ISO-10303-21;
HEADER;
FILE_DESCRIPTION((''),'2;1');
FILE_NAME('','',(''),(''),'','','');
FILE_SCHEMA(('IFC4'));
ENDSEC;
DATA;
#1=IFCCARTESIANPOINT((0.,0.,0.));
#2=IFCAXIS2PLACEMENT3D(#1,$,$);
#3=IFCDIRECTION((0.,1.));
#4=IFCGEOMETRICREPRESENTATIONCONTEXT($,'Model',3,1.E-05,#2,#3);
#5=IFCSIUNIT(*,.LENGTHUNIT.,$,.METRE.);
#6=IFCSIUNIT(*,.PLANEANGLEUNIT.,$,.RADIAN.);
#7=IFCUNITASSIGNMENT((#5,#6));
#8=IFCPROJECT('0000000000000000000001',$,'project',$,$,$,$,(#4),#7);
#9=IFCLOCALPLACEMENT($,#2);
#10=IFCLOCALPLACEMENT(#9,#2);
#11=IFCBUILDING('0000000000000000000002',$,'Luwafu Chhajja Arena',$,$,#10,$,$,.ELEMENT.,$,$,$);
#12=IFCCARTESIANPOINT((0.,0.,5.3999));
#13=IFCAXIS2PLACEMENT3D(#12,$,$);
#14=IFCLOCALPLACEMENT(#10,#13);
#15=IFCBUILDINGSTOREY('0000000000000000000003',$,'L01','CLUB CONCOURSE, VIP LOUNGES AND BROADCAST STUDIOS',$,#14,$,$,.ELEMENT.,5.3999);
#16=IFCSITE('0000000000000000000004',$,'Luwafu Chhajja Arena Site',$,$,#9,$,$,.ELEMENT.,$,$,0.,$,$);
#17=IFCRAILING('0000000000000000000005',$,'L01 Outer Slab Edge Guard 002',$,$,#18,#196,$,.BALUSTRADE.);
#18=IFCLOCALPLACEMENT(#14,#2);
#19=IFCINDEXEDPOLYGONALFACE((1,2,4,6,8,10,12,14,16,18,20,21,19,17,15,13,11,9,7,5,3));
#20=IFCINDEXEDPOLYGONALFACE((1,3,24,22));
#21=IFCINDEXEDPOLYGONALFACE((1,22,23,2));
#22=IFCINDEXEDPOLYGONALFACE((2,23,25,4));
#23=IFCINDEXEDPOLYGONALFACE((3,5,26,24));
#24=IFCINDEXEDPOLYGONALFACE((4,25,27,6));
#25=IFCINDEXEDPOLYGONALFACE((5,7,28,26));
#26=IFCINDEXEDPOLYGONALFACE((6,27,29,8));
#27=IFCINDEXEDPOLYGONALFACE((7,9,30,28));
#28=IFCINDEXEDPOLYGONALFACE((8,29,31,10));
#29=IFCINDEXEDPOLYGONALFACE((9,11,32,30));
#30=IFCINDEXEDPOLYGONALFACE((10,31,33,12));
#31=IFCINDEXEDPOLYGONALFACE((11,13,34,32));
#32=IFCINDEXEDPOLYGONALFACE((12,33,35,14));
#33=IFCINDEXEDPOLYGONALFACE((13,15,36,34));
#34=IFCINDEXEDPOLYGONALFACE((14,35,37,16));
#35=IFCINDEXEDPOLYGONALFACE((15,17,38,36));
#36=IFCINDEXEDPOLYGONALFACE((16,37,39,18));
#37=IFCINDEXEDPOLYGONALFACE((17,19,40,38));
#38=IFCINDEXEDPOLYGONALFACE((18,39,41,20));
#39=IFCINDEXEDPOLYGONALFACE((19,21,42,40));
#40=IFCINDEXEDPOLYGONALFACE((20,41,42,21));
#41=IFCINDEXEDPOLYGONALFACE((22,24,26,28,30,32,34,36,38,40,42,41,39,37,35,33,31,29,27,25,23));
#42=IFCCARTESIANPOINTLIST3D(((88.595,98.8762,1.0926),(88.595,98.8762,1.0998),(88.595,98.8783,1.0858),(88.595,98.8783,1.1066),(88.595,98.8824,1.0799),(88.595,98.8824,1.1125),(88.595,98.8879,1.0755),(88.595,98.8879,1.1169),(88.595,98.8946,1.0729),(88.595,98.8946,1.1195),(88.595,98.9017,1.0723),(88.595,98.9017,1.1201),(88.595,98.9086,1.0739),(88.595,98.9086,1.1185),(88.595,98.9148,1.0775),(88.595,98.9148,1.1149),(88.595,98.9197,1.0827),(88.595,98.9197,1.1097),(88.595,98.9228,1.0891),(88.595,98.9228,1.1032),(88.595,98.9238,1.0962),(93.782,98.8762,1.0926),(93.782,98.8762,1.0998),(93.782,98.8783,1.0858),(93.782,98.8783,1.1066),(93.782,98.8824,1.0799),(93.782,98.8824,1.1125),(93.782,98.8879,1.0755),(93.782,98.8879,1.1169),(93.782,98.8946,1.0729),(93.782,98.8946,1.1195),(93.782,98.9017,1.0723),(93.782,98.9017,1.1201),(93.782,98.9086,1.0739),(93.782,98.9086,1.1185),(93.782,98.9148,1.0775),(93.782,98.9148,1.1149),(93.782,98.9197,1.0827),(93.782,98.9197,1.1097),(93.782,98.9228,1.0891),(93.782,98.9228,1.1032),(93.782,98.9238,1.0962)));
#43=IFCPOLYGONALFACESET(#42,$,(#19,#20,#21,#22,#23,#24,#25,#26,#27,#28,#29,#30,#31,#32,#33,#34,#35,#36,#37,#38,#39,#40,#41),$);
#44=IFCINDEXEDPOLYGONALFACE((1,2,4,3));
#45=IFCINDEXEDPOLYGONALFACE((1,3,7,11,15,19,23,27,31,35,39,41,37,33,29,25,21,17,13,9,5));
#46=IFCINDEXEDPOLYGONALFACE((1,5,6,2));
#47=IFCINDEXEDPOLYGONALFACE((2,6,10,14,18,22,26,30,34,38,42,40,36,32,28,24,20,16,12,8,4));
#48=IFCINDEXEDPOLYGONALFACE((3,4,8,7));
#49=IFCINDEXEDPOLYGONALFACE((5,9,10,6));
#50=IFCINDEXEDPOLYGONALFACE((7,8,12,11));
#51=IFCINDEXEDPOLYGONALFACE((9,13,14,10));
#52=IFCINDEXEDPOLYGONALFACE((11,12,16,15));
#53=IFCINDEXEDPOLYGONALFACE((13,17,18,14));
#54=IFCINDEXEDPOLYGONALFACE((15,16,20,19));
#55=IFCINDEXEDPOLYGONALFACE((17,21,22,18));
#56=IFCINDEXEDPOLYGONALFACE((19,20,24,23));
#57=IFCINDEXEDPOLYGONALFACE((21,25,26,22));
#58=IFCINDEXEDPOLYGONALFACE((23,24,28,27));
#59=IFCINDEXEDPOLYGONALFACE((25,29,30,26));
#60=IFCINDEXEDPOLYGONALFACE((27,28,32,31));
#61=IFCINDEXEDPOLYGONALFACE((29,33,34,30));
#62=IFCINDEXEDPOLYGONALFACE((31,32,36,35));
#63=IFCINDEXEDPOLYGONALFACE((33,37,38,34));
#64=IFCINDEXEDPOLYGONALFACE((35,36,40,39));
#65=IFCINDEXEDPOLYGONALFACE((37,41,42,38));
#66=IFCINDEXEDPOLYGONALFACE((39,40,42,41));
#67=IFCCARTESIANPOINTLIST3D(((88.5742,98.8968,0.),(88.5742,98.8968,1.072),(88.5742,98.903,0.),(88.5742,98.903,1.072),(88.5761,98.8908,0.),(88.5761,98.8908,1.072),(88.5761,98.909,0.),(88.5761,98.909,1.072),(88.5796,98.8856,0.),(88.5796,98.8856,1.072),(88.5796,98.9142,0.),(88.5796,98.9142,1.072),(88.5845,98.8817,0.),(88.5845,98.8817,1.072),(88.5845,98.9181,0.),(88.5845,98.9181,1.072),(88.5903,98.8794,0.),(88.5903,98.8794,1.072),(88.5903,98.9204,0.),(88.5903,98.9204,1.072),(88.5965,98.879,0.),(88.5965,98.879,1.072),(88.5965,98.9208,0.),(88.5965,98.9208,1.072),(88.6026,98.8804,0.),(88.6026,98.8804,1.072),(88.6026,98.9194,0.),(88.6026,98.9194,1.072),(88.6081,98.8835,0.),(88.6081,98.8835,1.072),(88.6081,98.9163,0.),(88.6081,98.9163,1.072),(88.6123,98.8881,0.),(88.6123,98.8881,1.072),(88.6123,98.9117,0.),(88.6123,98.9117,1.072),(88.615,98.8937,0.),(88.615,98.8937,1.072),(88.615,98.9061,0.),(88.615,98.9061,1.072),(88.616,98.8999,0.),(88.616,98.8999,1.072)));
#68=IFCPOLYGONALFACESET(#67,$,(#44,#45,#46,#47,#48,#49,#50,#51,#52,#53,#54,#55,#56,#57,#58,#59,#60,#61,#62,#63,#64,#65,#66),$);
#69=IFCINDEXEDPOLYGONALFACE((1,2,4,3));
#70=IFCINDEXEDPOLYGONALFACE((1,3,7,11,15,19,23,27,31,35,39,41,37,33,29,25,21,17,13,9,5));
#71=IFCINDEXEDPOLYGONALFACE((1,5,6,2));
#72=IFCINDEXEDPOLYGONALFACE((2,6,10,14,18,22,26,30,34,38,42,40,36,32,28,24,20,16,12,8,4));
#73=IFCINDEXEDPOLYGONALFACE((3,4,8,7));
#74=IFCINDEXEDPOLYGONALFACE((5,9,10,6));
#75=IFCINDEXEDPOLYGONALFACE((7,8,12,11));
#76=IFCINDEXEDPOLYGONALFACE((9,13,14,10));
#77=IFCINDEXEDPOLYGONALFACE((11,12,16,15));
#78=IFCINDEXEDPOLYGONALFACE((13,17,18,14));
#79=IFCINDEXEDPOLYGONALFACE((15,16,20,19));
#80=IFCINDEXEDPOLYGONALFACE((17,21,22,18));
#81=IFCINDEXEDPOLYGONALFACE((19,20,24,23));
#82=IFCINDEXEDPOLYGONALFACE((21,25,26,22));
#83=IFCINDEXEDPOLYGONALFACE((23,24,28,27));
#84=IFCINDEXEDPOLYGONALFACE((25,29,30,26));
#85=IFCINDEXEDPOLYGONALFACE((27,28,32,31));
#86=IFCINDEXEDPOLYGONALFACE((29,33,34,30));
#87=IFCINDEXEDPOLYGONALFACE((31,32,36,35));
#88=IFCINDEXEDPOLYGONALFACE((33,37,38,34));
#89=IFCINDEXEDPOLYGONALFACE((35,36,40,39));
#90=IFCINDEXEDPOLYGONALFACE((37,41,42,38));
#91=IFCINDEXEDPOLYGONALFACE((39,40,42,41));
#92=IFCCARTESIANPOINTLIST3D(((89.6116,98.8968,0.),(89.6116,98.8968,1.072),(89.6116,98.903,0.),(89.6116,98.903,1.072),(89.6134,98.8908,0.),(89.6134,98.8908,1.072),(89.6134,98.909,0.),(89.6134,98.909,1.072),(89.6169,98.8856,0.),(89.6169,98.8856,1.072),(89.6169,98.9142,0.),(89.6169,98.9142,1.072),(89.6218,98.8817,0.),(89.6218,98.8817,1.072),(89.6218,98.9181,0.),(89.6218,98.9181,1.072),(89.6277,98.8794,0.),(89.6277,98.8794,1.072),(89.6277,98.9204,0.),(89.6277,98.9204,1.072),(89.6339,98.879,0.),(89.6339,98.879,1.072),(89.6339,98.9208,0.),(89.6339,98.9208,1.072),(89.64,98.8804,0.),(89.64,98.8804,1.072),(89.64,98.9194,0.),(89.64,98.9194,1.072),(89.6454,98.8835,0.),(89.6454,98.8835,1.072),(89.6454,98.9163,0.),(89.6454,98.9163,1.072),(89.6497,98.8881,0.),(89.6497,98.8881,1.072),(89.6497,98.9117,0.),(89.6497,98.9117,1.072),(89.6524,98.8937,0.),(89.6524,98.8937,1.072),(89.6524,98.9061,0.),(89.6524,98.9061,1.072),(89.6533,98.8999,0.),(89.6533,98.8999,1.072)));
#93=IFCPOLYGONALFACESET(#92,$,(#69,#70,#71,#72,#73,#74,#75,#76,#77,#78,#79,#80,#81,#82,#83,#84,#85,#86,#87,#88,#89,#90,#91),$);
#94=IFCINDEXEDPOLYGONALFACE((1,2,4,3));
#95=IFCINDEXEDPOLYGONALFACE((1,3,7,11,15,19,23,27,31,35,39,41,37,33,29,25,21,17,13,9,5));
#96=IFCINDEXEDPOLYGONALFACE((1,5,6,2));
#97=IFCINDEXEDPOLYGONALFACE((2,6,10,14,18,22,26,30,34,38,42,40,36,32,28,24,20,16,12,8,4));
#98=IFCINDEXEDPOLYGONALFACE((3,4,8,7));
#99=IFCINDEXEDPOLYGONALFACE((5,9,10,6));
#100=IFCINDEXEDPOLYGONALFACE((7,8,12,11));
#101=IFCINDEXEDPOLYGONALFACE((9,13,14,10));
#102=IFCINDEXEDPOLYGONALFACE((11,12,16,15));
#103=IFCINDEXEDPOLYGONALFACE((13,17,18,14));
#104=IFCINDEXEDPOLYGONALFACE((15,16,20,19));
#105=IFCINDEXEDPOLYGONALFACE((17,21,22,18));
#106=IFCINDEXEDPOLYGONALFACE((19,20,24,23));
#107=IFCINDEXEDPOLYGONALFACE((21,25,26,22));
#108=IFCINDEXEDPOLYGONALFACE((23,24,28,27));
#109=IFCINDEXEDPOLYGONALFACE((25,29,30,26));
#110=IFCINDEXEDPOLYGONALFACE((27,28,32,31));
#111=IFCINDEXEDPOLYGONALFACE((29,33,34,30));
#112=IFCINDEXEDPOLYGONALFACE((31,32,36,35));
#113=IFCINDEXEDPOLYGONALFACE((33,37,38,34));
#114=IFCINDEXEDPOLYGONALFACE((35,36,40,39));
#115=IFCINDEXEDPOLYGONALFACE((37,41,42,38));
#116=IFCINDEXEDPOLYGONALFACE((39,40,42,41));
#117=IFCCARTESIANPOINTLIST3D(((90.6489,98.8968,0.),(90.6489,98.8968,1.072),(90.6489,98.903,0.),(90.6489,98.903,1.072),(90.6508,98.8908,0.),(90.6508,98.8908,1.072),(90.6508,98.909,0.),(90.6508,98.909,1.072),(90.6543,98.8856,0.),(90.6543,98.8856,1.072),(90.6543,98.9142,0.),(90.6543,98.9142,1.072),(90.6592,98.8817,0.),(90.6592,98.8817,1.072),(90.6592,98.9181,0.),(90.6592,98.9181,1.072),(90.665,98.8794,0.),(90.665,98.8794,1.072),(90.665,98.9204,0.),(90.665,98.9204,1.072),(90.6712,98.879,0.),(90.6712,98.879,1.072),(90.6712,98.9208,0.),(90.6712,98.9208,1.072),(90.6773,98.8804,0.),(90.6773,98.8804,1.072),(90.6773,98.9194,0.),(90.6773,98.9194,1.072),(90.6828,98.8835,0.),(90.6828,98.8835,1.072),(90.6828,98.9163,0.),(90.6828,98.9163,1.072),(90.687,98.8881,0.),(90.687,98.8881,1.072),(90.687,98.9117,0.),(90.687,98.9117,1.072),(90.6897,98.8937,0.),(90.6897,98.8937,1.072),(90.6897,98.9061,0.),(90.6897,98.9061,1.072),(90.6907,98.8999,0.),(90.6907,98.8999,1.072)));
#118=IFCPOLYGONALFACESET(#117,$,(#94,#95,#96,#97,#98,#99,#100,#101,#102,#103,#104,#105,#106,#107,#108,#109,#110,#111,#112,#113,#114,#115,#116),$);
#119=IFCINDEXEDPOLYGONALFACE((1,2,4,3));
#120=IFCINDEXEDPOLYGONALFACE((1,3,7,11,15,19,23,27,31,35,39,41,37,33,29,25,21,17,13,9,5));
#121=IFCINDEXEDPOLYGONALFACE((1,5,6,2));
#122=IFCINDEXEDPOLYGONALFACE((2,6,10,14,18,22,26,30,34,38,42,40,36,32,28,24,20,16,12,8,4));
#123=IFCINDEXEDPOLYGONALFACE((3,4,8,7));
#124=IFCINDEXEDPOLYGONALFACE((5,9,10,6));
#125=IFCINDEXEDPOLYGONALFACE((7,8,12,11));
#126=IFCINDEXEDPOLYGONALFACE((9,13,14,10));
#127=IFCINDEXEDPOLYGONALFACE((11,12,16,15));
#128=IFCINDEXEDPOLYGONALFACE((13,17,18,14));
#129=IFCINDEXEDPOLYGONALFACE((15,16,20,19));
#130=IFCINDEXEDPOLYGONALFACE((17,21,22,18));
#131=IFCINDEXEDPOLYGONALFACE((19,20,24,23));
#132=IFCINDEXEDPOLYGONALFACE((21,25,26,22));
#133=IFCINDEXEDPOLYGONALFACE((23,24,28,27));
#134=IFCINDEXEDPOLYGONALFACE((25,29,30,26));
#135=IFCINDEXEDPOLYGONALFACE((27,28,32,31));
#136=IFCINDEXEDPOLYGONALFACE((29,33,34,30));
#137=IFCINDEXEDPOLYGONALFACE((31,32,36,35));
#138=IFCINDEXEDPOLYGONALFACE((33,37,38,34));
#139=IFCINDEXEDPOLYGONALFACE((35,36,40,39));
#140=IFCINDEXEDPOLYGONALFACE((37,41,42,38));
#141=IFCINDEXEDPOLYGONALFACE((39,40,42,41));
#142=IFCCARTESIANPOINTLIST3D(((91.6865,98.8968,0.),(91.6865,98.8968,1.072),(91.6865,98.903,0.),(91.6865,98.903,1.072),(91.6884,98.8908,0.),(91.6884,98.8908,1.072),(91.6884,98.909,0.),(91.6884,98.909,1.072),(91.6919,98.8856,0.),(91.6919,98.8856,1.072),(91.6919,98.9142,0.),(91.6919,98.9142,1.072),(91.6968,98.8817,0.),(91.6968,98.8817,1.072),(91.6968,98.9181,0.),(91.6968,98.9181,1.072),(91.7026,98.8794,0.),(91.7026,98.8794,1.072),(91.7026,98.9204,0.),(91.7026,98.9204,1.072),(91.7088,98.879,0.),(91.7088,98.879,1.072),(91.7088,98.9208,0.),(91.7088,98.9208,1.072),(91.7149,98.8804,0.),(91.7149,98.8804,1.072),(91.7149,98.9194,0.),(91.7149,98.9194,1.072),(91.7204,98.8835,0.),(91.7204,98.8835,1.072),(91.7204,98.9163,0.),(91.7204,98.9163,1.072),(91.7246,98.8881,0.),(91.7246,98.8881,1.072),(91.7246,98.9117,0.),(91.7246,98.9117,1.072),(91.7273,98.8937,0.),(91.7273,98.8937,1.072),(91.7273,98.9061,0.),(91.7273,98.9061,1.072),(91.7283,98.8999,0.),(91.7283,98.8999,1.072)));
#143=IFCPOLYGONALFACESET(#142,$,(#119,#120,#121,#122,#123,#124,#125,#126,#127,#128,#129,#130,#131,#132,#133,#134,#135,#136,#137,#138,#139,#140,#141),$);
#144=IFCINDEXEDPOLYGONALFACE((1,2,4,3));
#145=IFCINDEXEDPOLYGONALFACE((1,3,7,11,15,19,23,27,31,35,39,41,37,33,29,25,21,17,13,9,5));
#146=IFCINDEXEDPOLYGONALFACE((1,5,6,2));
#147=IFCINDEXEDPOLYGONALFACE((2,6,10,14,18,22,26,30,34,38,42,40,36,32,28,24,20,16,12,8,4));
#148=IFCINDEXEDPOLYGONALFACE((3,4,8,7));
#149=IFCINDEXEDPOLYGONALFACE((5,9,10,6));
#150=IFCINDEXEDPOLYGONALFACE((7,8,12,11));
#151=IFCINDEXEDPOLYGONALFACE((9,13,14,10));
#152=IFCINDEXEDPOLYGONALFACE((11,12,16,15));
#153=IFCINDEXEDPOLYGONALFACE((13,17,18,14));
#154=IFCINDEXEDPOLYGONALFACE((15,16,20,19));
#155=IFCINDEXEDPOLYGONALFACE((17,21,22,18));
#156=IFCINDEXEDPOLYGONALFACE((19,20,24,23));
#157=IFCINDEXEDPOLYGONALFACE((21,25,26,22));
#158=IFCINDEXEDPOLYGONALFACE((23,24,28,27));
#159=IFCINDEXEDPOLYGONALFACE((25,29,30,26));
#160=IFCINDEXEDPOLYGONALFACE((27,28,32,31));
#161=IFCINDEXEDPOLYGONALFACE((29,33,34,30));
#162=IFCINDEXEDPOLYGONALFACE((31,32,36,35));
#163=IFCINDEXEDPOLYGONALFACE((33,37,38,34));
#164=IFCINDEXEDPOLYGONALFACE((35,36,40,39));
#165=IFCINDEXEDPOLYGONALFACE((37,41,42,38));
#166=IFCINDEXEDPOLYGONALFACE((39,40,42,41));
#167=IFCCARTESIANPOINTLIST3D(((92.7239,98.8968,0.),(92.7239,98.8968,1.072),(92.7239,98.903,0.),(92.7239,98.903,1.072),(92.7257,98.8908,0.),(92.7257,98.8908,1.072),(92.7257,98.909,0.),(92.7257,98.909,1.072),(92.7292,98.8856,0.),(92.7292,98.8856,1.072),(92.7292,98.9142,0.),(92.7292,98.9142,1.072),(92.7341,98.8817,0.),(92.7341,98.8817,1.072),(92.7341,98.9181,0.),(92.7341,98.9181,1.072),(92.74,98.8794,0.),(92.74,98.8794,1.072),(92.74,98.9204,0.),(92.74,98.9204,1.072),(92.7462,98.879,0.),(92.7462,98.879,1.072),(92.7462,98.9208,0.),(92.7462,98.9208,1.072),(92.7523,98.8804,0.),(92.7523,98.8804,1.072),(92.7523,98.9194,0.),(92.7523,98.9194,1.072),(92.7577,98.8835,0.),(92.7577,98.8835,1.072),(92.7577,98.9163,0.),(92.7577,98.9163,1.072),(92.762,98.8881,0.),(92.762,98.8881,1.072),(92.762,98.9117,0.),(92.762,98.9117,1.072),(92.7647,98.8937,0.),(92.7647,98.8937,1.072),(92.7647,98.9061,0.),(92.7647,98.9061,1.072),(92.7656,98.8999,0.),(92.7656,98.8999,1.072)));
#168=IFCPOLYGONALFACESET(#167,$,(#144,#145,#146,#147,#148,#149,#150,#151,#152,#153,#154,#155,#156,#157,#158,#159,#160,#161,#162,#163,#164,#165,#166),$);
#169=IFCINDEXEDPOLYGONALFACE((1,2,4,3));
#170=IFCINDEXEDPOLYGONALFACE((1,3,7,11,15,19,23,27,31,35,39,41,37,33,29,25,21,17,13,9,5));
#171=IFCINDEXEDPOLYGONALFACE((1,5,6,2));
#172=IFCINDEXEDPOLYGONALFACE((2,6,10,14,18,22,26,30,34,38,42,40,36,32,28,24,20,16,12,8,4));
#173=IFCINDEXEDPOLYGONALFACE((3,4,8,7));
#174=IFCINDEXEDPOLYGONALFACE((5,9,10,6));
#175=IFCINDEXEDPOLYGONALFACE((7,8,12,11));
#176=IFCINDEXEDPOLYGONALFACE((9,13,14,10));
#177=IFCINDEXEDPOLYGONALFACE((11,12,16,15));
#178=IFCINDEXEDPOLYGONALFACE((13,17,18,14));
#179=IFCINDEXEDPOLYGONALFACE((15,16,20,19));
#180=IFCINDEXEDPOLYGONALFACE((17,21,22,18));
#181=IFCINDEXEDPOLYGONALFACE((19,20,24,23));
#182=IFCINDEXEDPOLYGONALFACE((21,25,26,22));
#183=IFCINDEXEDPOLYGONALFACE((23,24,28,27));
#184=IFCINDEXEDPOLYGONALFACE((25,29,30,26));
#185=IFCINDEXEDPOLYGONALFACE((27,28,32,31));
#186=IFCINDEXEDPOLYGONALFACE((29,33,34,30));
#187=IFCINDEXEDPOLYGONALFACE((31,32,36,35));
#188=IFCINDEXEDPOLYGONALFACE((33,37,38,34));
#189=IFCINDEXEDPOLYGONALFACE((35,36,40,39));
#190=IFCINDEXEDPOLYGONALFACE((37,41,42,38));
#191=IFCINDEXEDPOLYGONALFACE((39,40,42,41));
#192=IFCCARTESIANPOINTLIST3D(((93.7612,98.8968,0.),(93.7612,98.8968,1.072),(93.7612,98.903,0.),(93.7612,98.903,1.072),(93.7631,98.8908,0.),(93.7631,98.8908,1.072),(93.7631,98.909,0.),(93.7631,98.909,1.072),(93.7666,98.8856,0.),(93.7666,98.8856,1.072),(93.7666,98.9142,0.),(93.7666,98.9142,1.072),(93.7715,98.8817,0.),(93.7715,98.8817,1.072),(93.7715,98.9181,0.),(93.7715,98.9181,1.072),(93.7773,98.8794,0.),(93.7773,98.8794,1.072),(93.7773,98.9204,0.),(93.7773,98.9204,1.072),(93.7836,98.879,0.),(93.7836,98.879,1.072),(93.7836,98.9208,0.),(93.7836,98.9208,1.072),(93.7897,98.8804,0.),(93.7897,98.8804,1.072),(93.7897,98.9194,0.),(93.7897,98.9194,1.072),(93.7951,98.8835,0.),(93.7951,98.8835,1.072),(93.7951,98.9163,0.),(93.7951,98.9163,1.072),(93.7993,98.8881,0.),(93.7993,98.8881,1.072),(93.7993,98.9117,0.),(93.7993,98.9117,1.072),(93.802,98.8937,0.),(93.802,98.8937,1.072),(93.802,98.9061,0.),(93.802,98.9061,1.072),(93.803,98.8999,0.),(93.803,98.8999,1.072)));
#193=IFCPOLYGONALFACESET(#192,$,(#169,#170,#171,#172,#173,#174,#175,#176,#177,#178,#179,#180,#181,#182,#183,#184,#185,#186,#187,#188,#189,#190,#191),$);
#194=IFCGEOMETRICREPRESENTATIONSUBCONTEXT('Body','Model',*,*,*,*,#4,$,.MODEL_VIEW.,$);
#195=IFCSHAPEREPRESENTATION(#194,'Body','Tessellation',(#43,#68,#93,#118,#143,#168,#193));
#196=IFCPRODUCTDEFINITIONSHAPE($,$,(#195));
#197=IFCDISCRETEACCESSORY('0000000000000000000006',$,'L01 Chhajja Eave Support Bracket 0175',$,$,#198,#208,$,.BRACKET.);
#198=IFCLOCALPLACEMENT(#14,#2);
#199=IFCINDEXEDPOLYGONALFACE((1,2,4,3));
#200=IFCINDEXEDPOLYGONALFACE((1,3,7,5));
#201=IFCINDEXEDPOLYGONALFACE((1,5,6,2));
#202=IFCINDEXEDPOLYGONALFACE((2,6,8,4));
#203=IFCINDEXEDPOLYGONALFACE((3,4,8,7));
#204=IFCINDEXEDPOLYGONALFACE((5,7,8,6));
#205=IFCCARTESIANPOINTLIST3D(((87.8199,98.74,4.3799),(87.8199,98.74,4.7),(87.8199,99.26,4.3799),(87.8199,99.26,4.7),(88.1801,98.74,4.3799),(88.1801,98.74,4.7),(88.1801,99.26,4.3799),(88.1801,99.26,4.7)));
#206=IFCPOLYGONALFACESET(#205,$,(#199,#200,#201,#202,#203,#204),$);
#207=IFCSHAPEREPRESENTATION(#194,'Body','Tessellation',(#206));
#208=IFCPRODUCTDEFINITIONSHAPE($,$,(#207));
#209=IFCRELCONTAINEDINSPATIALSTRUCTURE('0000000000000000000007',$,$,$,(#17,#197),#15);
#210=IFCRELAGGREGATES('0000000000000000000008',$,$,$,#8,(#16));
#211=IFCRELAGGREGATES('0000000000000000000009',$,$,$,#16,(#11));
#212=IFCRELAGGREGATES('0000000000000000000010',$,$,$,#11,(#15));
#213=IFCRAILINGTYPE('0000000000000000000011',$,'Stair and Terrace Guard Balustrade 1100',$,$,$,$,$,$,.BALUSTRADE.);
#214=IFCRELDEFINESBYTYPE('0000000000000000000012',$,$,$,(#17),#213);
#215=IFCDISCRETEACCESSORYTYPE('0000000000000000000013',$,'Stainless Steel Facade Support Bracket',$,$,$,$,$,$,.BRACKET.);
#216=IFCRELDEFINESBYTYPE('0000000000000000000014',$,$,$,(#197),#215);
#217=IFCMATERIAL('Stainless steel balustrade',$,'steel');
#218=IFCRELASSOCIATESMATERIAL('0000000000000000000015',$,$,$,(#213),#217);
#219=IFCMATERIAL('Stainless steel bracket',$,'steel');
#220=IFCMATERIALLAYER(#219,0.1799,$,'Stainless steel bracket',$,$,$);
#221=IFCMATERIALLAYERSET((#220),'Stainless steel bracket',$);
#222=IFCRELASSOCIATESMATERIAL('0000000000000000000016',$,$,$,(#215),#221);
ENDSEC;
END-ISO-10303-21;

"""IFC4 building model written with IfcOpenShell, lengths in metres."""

from ifc_helpers import new_model, si_unit, direction, frame, origin, origin_2d, place, context, subcontext, project, spatial, rectangle, circle, extrude, material, layer, layer_set, type_object, element, save


model = new_model("IFC4")

# Units and contexts
model_context = context("Model", 3, precision=1e-05, world=origin(), true_north=direction((0.0, 1.0)))
body_context = subcontext(model_context, "Body", "Model", "MODEL_VIEW")
ifc_project = project(units=[si_unit("LENGTHUNIT", "METRE"), si_unit("PLANEANGLEUNIT", "RADIAN")], contexts=[model_context])

# Site, building, storey
site_placement = place(None, origin())
site = spatial("IfcSite", under=ifc_project, at=site_placement, Name="Luwafu Chhajja Arena Site", CompositionType="ELEMENT", RefElevation=0.0)
building_placement = place(site_placement, origin())
building = spatial("IfcBuilding", under=site, at=building_placement, Name="Luwafu Chhajja Arena", CompositionType="ELEMENT")
storey_placement = place(building_placement, frame((0.0, 0.0, 5.3999)))
storey = spatial("IfcBuildingStorey", under=building, at=storey_placement, Name="L01", Description="CLUB CONCOURSE, VIP LOUNGES AND BROADCAST STUDIOS", CompositionType="ELEMENT", Elevation=5.3999)

# Railing
ifc_material_1 = material(Name="Stainless steel balustrade", Category="steel")
railing_type = type_object("IfcRailingType", Name="Stair and Terrace Guard Balustrade 1100", PredefinedType="BALUSTRADE", material=ifc_material_1)
railing_1_placement = place(storey_placement, frame((88.595, 98.8999, 0.0)))
element("IfcRailing", 1, at=railing_1_placement, inside=storey, type_object=railing_type, Name="L01 Outer Slab Edge Guard 002", PredefinedType="BALUSTRADE", context=body_context, shape_type="SweptSolid", body=[
    extrude(circle(Radius=0.0239, at=origin_2d()), frame((0.0, 0.0, 1.0962), z_axis=(1.0, 0.0, 0.0), x_axis=(0.0, 1.0, 0.0)), (0.0, 0.0, 1.0), 5.187),
    extrude(circle(Radius=0.021, at=origin_2d()), origin(), (0.0, 0.0, 1.0), 1.072),
    extrude(circle(Radius=0.021, at=origin_2d()), frame((1.0374, 0.0, 0.0)), (0.0, 0.0, 1.0), 1.072),
    extrude(circle(Radius=0.021, at=origin_2d()), frame((2.0747, 0.0, 0.0)), (0.0, 0.0, 1.0), 1.072),
    extrude(circle(Radius=0.021, at=origin_2d()), frame((3.1123, 0.0, 0.0)), (0.0, 0.0, 1.0), 1.072),
    extrude(circle(Radius=0.021, at=origin_2d()), frame((4.1497, 0.0, 0.0)), (0.0, 0.0, 1.0), 1.072),
    extrude(circle(Radius=0.021, at=origin_2d()), frame((5.187, 0.0, 0.0)), (0.0, 0.0, 1.0), 1.072),
])

# Discrete accessory
ifc_material_2 = material(Name="Stainless steel bracket", Category="steel")
ifc_layer_1 = layer(ifc_material_2, 0.1799, Name="Stainless steel bracket")
ifc_layer_set_1 = layer_set([ifc_layer_1], Name="Stainless steel bracket")
discrete_accessory_type = type_object("IfcDiscreteAccessoryType", Name="Stainless Steel Facade Support Bracket", PredefinedType="BRACKET", material=ifc_layer_set_1)
discrete_accessory_placement = place(storey_placement, frame((88.0, 99.0, 4.3799), z_axis=(0.0, 0.0, 1.0), x_axis=(1.0, 0.0, 0.0)))
element("IfcDiscreteAccessory", 2, at=discrete_accessory_placement, inside=storey, type_object=discrete_accessory_type, Name="L01 Chhajja Eave Support Bracket 0175", PredefinedType="BRACKET", context=body_context, shape_type="SweptSolid", body=[
    extrude(rectangle(XDim=0.3601, YDim=0.52, at=origin_2d()), origin(), (0.0, 0.0, 1.0), 0.3201),
])

save(model, "model.ifc")
